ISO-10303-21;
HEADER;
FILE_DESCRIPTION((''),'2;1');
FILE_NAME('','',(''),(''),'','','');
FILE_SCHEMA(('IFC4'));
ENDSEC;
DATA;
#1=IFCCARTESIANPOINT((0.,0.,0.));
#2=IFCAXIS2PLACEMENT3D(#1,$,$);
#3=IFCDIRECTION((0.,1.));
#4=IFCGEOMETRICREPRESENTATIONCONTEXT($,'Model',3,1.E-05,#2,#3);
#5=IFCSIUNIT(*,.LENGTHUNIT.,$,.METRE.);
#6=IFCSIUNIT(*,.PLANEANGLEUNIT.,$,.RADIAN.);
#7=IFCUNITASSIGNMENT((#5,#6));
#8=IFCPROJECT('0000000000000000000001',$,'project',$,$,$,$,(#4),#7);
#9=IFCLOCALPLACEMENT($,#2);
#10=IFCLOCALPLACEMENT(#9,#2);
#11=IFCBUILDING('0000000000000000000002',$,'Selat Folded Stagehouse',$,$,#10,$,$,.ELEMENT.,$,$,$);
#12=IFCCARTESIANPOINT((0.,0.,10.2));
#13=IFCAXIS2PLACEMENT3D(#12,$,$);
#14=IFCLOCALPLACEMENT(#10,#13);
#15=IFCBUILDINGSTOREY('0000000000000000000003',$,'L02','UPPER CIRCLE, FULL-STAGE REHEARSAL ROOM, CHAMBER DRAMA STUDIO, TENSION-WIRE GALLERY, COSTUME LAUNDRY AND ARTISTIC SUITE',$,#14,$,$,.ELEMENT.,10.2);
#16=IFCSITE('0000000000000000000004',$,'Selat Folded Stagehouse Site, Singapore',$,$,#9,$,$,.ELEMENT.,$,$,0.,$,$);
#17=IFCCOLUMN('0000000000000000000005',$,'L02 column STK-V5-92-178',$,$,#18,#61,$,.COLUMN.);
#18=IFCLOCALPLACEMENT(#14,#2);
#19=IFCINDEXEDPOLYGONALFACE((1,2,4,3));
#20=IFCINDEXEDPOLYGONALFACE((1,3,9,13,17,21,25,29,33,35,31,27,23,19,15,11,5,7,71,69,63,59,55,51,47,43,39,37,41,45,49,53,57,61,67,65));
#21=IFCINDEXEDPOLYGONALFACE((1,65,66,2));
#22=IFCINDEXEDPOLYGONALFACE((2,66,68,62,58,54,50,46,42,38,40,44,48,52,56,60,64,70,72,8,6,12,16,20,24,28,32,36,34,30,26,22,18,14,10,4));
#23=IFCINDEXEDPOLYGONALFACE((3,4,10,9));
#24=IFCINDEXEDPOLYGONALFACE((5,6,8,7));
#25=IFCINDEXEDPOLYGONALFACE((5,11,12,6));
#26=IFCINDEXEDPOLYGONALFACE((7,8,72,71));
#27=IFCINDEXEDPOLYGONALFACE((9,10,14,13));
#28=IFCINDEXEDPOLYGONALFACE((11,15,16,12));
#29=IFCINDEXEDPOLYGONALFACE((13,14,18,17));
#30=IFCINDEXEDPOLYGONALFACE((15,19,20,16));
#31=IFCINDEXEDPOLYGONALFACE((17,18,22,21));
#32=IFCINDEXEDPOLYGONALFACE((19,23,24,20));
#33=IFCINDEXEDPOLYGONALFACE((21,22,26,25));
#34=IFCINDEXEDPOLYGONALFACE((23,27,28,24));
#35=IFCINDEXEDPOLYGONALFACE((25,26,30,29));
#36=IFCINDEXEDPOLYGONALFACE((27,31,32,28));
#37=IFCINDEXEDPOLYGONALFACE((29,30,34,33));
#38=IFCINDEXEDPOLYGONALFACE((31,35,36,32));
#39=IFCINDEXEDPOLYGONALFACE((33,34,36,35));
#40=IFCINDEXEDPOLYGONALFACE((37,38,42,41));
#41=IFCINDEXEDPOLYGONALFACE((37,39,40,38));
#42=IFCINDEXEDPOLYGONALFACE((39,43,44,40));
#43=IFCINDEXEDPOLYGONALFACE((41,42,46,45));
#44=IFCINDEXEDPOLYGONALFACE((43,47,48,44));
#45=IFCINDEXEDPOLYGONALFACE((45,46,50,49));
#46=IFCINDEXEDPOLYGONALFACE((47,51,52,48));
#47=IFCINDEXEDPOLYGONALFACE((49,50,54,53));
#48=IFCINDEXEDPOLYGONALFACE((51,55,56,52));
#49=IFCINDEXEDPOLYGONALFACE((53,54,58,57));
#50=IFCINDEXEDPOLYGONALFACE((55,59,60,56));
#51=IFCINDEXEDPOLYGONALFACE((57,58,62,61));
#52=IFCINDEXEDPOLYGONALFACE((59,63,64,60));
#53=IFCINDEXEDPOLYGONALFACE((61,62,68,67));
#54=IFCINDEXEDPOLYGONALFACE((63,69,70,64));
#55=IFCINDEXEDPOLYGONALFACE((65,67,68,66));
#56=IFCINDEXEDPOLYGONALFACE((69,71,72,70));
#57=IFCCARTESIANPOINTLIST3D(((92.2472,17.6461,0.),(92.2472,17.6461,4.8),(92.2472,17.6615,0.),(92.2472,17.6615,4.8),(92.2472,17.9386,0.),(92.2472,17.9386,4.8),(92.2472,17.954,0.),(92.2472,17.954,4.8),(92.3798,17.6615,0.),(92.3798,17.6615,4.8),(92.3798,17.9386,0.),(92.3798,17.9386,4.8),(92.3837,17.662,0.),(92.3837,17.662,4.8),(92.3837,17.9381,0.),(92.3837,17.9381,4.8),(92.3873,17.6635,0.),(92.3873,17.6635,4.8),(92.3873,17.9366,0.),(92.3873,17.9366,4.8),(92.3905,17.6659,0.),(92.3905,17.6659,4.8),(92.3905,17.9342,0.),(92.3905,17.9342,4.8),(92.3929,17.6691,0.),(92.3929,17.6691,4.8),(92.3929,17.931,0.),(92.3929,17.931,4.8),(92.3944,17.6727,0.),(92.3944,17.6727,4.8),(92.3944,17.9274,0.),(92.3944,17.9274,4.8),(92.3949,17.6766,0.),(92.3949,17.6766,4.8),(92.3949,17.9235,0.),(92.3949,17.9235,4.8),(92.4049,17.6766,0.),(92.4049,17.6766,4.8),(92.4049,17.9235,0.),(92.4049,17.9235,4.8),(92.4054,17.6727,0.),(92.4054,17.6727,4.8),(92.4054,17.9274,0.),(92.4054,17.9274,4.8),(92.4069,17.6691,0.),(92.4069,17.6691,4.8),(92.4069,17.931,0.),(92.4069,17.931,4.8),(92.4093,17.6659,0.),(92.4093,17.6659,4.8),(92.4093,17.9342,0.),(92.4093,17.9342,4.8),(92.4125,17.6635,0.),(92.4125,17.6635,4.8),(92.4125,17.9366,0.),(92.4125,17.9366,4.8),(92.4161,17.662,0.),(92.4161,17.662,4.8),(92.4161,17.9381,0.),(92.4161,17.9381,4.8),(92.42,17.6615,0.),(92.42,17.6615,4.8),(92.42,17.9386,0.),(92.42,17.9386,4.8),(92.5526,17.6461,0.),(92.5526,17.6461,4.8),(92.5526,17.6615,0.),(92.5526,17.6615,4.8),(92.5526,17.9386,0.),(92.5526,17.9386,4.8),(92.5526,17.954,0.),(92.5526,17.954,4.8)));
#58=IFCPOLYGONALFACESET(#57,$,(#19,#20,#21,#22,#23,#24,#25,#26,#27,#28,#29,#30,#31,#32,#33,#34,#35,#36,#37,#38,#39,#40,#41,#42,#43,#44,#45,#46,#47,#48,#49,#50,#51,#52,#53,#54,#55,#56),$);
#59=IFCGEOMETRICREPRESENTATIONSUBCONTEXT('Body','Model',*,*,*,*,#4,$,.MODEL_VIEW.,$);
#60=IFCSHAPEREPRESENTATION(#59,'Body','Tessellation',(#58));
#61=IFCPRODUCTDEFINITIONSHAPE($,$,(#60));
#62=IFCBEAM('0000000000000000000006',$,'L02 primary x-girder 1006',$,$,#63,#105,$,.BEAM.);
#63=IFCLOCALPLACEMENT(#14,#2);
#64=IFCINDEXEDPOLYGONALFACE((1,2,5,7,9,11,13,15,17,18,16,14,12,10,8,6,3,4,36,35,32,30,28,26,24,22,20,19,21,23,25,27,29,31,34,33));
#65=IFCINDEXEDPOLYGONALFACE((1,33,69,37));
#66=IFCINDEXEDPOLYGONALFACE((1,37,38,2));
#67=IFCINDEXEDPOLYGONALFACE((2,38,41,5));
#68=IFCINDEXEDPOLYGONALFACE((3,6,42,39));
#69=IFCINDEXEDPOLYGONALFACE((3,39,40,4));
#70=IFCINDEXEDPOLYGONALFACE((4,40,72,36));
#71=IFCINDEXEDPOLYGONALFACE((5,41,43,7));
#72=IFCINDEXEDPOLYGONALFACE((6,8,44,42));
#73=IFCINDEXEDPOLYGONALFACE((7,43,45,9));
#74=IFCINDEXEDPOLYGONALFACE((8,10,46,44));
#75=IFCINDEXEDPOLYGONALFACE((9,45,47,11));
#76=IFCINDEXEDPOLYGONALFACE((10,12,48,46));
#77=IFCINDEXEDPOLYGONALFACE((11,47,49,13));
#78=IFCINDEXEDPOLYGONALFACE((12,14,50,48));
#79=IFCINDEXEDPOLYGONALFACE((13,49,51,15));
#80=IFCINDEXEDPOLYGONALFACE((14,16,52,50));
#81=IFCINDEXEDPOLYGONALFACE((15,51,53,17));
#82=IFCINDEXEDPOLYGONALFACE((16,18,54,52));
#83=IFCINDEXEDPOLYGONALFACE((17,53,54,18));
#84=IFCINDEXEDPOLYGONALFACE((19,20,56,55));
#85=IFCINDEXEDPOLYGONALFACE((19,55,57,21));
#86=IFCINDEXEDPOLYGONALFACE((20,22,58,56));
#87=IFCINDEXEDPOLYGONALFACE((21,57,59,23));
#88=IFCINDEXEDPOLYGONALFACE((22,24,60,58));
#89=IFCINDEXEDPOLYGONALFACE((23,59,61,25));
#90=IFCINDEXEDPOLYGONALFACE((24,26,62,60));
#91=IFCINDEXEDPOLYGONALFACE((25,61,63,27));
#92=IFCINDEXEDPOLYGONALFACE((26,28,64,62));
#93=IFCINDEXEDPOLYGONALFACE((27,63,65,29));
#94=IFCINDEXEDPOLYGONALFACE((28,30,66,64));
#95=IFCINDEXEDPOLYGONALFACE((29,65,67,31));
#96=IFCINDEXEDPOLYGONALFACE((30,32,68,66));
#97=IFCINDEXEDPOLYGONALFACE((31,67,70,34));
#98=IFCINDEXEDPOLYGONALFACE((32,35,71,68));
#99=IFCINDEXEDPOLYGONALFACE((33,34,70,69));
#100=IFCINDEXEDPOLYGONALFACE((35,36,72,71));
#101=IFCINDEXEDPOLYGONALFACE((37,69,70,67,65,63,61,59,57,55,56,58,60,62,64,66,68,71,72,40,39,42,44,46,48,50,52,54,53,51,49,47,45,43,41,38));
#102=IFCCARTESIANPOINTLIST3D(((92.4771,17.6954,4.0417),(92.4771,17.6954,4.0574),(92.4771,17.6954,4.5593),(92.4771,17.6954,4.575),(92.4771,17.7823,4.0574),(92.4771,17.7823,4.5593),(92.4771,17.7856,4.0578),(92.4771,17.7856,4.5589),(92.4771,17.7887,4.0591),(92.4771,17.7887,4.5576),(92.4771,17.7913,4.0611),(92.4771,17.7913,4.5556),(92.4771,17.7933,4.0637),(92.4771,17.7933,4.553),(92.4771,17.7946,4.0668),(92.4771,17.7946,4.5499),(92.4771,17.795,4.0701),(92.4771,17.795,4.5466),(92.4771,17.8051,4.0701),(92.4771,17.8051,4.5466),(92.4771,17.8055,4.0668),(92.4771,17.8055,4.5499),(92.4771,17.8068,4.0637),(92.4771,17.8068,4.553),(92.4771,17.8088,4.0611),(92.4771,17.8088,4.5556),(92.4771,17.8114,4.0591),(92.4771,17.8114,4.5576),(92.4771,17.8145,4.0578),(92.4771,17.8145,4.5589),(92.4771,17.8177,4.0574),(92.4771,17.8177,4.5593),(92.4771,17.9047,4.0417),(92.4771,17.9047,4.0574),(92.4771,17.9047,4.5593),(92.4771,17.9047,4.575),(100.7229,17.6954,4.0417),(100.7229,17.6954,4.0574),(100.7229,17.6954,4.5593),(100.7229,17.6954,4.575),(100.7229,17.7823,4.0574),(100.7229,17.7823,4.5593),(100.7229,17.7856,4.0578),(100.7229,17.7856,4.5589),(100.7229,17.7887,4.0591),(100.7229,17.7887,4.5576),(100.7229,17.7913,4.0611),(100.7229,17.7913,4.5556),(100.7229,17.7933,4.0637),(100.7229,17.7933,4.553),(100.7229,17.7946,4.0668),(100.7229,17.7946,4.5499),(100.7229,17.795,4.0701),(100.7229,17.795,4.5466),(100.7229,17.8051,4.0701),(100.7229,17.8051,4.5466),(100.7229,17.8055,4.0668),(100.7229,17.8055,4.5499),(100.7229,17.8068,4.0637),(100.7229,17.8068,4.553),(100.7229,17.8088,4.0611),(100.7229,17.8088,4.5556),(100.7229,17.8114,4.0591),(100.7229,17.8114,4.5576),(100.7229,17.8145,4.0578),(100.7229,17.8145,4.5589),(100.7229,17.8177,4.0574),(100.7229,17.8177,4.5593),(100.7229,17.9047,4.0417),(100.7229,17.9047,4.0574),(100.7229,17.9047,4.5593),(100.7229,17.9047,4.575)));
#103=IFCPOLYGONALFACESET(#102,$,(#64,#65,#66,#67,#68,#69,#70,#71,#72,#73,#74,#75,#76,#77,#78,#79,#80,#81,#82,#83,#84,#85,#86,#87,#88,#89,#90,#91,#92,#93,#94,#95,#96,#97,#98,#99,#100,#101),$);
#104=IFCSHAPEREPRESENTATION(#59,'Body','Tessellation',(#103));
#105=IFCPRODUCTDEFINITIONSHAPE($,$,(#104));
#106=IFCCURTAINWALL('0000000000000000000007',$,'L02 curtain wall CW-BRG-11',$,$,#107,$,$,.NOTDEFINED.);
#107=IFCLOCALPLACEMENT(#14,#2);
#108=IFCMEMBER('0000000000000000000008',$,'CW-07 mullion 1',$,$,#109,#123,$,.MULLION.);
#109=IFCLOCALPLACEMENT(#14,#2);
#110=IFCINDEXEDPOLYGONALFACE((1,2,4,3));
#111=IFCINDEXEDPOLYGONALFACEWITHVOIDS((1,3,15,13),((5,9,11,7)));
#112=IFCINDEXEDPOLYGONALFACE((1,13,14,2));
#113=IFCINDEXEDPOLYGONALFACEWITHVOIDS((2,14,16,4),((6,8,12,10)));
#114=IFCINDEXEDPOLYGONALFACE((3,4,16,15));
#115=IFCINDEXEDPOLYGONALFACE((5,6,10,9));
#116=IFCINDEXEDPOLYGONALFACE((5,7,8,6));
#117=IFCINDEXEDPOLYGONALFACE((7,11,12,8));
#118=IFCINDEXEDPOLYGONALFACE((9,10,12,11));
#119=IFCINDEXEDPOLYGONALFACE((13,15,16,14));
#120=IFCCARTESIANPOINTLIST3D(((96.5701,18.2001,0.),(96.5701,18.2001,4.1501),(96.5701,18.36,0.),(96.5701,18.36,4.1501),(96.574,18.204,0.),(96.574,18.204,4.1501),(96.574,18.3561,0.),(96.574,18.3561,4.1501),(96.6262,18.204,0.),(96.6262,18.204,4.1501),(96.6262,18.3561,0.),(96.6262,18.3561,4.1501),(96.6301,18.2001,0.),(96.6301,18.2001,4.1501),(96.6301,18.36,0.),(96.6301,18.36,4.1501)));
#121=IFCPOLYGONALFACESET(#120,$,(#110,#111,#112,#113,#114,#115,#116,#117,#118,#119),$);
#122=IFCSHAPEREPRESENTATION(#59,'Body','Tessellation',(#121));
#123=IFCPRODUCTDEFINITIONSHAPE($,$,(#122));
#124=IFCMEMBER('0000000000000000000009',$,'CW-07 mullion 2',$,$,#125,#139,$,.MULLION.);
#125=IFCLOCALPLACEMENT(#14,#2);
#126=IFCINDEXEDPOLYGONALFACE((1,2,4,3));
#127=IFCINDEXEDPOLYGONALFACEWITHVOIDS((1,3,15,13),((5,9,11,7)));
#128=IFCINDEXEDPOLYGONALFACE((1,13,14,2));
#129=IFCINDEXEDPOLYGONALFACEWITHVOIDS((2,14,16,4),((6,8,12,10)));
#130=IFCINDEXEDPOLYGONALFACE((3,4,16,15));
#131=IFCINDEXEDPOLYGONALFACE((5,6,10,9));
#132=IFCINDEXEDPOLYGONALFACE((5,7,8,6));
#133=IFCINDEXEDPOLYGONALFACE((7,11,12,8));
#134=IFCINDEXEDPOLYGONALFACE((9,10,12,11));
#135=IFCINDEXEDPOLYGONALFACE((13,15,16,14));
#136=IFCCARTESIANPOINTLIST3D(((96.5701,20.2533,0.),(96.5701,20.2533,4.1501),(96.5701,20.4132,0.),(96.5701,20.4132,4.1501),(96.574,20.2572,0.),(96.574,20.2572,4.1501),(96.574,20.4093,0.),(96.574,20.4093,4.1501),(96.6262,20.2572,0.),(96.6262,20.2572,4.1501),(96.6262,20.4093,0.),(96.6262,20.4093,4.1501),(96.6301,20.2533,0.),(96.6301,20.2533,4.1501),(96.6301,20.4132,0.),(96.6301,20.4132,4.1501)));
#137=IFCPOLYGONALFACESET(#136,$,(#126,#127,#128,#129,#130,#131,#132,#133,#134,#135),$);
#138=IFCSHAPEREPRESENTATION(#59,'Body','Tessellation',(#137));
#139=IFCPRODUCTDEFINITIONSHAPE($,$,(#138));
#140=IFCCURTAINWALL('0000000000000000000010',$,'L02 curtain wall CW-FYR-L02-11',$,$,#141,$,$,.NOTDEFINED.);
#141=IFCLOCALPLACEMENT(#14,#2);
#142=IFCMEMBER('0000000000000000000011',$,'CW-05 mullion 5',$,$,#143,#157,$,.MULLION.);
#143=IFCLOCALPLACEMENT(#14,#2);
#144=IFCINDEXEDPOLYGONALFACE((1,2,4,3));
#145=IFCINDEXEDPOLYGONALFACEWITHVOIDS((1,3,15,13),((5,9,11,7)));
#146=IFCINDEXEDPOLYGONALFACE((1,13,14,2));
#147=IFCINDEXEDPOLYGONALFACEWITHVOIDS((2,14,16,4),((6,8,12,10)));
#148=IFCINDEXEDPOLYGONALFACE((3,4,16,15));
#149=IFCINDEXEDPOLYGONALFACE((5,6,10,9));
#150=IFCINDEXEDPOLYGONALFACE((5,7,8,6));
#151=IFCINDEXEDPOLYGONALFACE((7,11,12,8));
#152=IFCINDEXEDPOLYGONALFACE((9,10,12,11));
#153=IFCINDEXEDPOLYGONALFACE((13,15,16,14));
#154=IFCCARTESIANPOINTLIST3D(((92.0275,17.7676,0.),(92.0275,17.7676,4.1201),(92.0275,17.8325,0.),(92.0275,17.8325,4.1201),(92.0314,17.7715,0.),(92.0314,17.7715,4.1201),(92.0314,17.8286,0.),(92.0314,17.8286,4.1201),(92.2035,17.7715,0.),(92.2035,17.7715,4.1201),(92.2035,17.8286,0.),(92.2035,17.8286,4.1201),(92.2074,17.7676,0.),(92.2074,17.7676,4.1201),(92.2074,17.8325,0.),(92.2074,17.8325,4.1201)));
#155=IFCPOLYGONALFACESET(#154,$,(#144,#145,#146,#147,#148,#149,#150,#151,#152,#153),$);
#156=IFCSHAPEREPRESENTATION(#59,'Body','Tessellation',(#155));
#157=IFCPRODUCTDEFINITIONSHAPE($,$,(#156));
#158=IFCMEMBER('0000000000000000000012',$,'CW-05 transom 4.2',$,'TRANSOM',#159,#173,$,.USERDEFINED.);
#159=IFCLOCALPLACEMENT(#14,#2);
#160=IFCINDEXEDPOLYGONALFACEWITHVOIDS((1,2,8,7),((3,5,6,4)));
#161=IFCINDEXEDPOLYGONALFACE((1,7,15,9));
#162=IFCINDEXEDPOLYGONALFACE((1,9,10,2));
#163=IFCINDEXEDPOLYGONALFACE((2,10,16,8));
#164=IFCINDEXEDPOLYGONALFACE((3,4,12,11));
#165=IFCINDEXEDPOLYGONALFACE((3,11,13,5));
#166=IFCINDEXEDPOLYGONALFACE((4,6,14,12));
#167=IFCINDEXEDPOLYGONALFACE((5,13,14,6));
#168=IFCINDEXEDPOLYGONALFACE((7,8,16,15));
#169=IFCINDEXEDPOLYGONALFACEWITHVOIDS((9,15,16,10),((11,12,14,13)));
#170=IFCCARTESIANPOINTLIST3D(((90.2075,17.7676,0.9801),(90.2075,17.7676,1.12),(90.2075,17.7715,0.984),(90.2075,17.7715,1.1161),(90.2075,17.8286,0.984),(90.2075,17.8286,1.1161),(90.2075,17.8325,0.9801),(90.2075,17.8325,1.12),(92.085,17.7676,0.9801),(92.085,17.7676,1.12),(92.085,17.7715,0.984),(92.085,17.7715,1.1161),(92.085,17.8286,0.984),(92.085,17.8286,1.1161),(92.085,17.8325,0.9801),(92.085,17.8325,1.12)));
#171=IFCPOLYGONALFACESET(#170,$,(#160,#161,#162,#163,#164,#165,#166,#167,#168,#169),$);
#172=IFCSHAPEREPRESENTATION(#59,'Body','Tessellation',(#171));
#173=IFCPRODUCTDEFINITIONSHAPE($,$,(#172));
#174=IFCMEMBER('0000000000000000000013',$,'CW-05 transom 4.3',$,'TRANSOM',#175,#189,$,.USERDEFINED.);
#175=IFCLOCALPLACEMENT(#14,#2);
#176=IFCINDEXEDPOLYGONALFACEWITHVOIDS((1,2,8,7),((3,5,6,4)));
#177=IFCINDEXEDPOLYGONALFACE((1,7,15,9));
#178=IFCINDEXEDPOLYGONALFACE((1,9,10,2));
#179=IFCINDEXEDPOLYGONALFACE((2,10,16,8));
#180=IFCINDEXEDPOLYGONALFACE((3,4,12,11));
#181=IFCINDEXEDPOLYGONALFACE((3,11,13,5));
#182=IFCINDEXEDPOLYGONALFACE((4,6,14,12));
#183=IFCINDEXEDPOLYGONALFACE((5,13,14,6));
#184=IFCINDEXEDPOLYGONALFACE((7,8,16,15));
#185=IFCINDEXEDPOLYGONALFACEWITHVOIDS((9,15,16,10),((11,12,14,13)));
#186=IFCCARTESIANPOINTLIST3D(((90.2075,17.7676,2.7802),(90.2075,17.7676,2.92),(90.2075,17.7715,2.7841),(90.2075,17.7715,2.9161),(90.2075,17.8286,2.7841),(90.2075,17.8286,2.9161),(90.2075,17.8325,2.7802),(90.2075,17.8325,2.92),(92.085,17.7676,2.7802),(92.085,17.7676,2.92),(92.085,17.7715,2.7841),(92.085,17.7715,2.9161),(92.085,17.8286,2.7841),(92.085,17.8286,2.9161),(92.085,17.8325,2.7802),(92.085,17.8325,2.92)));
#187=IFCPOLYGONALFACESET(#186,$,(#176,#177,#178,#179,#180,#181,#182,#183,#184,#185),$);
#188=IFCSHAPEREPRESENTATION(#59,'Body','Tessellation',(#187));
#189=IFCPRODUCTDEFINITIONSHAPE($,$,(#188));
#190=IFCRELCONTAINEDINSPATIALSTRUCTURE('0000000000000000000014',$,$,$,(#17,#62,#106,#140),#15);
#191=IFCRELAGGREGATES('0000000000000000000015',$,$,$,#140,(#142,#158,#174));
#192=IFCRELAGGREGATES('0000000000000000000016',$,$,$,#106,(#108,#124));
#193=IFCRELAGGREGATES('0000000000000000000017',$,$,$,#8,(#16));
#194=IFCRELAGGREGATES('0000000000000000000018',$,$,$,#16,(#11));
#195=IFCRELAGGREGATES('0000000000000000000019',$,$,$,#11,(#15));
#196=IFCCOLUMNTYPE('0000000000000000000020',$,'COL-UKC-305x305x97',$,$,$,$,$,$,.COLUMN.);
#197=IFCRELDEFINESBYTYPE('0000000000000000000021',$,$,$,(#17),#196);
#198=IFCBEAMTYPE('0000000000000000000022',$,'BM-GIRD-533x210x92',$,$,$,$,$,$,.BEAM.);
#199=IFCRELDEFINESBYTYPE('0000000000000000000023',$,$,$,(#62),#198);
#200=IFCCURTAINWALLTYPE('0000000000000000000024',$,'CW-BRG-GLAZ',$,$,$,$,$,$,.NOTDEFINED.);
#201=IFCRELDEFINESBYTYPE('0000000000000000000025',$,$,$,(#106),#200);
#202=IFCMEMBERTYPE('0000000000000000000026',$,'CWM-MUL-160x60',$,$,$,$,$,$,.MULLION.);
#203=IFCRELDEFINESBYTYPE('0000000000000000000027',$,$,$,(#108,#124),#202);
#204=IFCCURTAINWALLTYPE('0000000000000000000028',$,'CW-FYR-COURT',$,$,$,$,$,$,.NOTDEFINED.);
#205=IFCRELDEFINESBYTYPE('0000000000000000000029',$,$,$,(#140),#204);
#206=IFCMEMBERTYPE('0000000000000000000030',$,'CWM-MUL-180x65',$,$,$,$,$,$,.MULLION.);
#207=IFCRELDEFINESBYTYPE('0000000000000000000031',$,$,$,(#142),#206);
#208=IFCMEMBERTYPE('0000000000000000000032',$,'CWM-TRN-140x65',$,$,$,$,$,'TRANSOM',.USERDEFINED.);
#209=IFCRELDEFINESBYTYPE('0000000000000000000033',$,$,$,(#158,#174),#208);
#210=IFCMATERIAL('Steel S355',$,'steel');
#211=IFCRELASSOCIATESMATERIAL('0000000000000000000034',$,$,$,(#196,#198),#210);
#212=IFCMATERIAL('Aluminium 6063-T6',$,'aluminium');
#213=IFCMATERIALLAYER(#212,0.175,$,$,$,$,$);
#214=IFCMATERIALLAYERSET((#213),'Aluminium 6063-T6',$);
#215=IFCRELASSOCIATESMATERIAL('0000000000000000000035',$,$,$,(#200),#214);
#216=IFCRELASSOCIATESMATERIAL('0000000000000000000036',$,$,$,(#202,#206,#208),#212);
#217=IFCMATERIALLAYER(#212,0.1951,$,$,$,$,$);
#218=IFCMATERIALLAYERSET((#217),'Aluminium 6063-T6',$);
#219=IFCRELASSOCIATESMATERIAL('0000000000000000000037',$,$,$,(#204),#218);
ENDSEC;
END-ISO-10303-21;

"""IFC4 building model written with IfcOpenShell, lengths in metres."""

from ifc_helpers import new_model, si_unit, direction, frame, origin, origin_2d, place, context, subcontext, project, spatial, hollow_rectangle, i_section, extrude, material, layer, layer_set, material_profile, profile_set, type_object, element, aggregate, save


model = new_model("IFC4")

# Units and contexts
model_context = context("Model", 3, precision=1e-05, world=origin(), true_north=direction((0.0, 1.0)))
body_context = subcontext(model_context, "Body", "Model", "MODEL_VIEW")
ifc_project = project(units=[si_unit("LENGTHUNIT", "METRE"), si_unit("PLANEANGLEUNIT", "RADIAN")], contexts=[model_context])

# Site, building, storey
site_placement = place(None, origin())
site = spatial("IfcSite", under=ifc_project, at=site_placement, Name="Selat Folded Stagehouse Site, Singapore", CompositionType="ELEMENT", RefElevation=0.0)
building_placement = place(site_placement, origin())
building = spatial("IfcBuilding", under=site, at=building_placement, Name="Selat Folded Stagehouse", CompositionType="ELEMENT")
storey_placement = place(building_placement, frame((0.0, 0.0, 10.2)))
storey = spatial("IfcBuildingStorey", under=building, at=storey_placement, Name="L02", Description="UPPER CIRCLE, FULL-STAGE REHEARSAL ROOM, CHAMBER DRAMA STUDIO, TENSION-WIRE GALLERY, COSTUME LAUNDRY AND ARTISTIC SUITE", CompositionType="ELEMENT", Elevation=10.2)

# Column
ifc_material_1 = material(Name="Steel S355", Category="steel")
ifc_material_profile_1 = material_profile(ifc_material_1, i_section(OverallWidth=0.3054, OverallDepth=0.3079, WebThickness=0.01, FlangeThickness=0.0154, FilletRadius=0.0151, at=origin_2d()), Name="UKC 305x305x97")
ifc_profile_set_1 = profile_set([ifc_material_profile_1], Name="Steel S355")
column_type = type_object("IfcColumnType", Name="COL-UKC-305x305x97", PredefinedType="COLUMN", material=ifc_profile_set_1)
column_placement = place(storey_placement, frame((92.3999, 17.8, 0.0), z_axis=(0.0, 0.0, 1.0), x_axis=(1.0, 0.0, 0.0)))
element("IfcColumn", 1, at=column_placement, inside=storey, type_object=column_type, Name="L02 column STK-V5-92-178", PredefinedType="COLUMN", context=body_context, shape_type="SweptSolid", body=[
    extrude(i_section(OverallWidth=0.3054, OverallDepth=0.3079, WebThickness=0.01, FlangeThickness=0.0154, FilletRadius=0.0151, at=origin_2d()), origin(), (0.0, 0.0, 1.0), 4.8),
])

# Beam
ifc_material_profile_2 = material_profile(ifc_material_1, i_section(OverallWidth=0.2092, OverallDepth=0.5332, WebThickness=0.01, FlangeThickness=0.0156, FilletRadius=0.0127, at=origin_2d()), Name="UKB 533x210x92")
ifc_profile_set_2 = profile_set([ifc_material_profile_2], Name="Steel S355")
beam_type = type_object("IfcBeamType", Name="BM-GIRD-533x210x92", PredefinedType="BEAM", material=ifc_profile_set_2)
beam_placement = place(storey_placement, frame((92.4771, 17.8, 4.3083), z_axis=(1.0, 0.0, 0.0), x_axis=(0.0, 1.0, 0.0)))
element("IfcBeam", 2, at=beam_placement, inside=storey, type_object=beam_type, Name="L02 primary x-girder 1006", PredefinedType="BEAM", context=body_context, shape_type="SweptSolid", body=[
    extrude(i_section(OverallWidth=0.2092, OverallDepth=0.5332, WebThickness=0.01, FlangeThickness=0.0156, FilletRadius=0.0127, at=origin_2d()), origin(), (0.0, 0.0, 1.0), 8.2458),
])

# Curtain walls, members
ifc_material_2 = material(Name="Aluminium 6063-T6", Category="aluminium")
ifc_layer_1 = layer(ifc_material_2, 0.175)
ifc_layer_set_1 = layer_set([ifc_layer_1], Name="Aluminium 6063-T6")
curtain_wall_type_1 = type_object("IfcCurtainWallType", Name="CW-BRG-GLAZ", PredefinedType="NOTDEFINED", material=ifc_layer_set_1)
curtain_wall_1_placement = place(storey_placement, origin())
curtain_wall_1 = element("IfcCurtainWall", 3, at=curtain_wall_1_placement, inside=storey, type_object=curtain_wall_type_1, Name="L02 curtain wall CW-BRG-11", PredefinedType="NOTDEFINED")
ifc_material_profile_3 = material_profile(ifc_material_2, hollow_rectangle(XDim=0.0601, YDim=0.1599, WallThickness=0.0039, at=origin_2d()), Name="ALU 160x60x4.0")
ifc_profile_set_3 = profile_set([ifc_material_profile_3], Name="Aluminium 6063-T6")
member_type_1 = type_object("IfcMemberType", Name="CWM-MUL-160x60", PredefinedType="MULLION", material=ifc_profile_set_3)
member_1_placement = place(storey_placement, frame((96.6001, 18.28, 0.0), z_axis=(0.0, 0.0, 1.0), x_axis=(-1.0, 0.0, 0.0)))
member_1 = element("IfcMember", 4, at=member_1_placement, type_object=member_type_1, Name="CW-07 mullion 1", PredefinedType="MULLION", context=body_context, shape_type="SweptSolid", body=[
    extrude(hollow_rectangle(XDim=0.0601, YDim=0.1599, WallThickness=0.0039, at=origin_2d()), origin(), (0.0, 0.0, 1.0), 4.1501),
])
member_2_placement = place(storey_placement, frame((96.6001, 20.3333, 0.0), z_axis=(0.0, 0.0, 1.0), x_axis=(-1.0, 0.0, 0.0)))
member_2 = element("IfcMember", 5, at=member_2_placement, type_object=member_type_1, Name="CW-07 mullion 2", PredefinedType="MULLION", context=body_context, shape_type="SweptSolid", body=[
    extrude(hollow_rectangle(XDim=0.0601, YDim=0.1599, WallThickness=0.0039, at=origin_2d()), origin(), (0.0, 0.0, 1.0), 4.1501),
])
ifc_layer_2 = layer(ifc_material_2, 0.1951)
ifc_layer_set_2 = layer_set([ifc_layer_2], Name="Aluminium 6063-T6")
curtain_wall_type_2 = type_object("IfcCurtainWallType", Name="CW-FYR-COURT", PredefinedType="NOTDEFINED", material=ifc_layer_set_2)
curtain_wall_2_placement = place(storey_placement, origin())
curtain_wall_2 = element("IfcCurtainWall", 6, at=curtain_wall_2_placement, inside=storey, type_object=curtain_wall_type_2, Name="L02 curtain wall CW-FYR-L02-11", PredefinedType="NOTDEFINED")
ifc_material_profile_4 = material_profile(ifc_material_2, hollow_rectangle(XDim=0.0649, YDim=0.1799, WallThickness=0.0039, at=origin_2d()), Name="ALU 180x65x4.0")
ifc_profile_set_4 = profile_set([ifc_material_profile_4], Name="Aluminium 6063-T6")
member_type_2 = type_object("IfcMemberType", Name="CWM-MUL-180x65", PredefinedType="MULLION", material=ifc_profile_set_4)
member_3_placement = place(storey_placement, frame((92.1174, 17.8, 0.0), z_axis=(0.0, 0.0, 1.0), x_axis=(0.0, 1.0, 0.0)))
member_3 = element("IfcMember", 7, at=member_3_placement, type_object=member_type_2, Name="CW-05 mullion 5", PredefinedType="MULLION", context=body_context, shape_type="SweptSolid", body=[
    extrude(hollow_rectangle(XDim=0.0649, YDim=0.1799, WallThickness=0.0039, at=origin_2d()), origin(), (0.0, 0.0, 1.0), 4.1201),
])
ifc_material_profile_5 = material_profile(ifc_material_2, hollow_rectangle(XDim=0.0649, YDim=0.1399, WallThickness=0.0039, at=origin_2d()), Name="ALU 140x65x4.0")
ifc_profile_set_5 = profile_set([ifc_material_profile_5], Name="Aluminium 6063-T6")
member_type_3 = type_object("IfcMemberType", Name="CWM-TRN-140x65", ElementType="TRANSOM", PredefinedType="USERDEFINED", material=ifc_profile_set_5)
member_4_placement = place(storey_placement, frame((90.2075, 17.8, 1.05), z_axis=(1.0, 0.0, 0.0), x_axis=(0.0, 1.0, 0.0)))
member_4 = element("IfcMember", 8, at=member_4_placement, type_object=member_type_3, Name="CW-05 transom 4.2", ObjectType="TRANSOM", PredefinedType="USERDEFINED", context=body_context, shape_type="SweptSolid", body=[
    extrude(hollow_rectangle(XDim=0.0649, YDim=0.1399, WallThickness=0.0039, at=origin_2d()), origin(), (0.0, 0.0, 1.0), 1.8774),
])
member_5_placement = place(storey_placement, frame((90.2075, 17.8, 2.8501), z_axis=(1.0, 0.0, 0.0), x_axis=(0.0, 1.0, 0.0)))
member_5 = element("IfcMember", 9, at=member_5_placement, type_object=member_type_3, Name="CW-05 transom 4.3", ObjectType="TRANSOM", PredefinedType="USERDEFINED", context=body_context, shape_type="SweptSolid", body=[
    extrude(hollow_rectangle(XDim=0.0649, YDim=0.1399, WallThickness=0.0039, at=origin_2d()), origin(), (0.0, 0.0, 1.0), 1.8774),
])

aggregate(curtain_wall_2, [member_3, member_4, member_5])
aggregate(curtain_wall_1, [member_1, member_2])

save(model, "model.ifc")
